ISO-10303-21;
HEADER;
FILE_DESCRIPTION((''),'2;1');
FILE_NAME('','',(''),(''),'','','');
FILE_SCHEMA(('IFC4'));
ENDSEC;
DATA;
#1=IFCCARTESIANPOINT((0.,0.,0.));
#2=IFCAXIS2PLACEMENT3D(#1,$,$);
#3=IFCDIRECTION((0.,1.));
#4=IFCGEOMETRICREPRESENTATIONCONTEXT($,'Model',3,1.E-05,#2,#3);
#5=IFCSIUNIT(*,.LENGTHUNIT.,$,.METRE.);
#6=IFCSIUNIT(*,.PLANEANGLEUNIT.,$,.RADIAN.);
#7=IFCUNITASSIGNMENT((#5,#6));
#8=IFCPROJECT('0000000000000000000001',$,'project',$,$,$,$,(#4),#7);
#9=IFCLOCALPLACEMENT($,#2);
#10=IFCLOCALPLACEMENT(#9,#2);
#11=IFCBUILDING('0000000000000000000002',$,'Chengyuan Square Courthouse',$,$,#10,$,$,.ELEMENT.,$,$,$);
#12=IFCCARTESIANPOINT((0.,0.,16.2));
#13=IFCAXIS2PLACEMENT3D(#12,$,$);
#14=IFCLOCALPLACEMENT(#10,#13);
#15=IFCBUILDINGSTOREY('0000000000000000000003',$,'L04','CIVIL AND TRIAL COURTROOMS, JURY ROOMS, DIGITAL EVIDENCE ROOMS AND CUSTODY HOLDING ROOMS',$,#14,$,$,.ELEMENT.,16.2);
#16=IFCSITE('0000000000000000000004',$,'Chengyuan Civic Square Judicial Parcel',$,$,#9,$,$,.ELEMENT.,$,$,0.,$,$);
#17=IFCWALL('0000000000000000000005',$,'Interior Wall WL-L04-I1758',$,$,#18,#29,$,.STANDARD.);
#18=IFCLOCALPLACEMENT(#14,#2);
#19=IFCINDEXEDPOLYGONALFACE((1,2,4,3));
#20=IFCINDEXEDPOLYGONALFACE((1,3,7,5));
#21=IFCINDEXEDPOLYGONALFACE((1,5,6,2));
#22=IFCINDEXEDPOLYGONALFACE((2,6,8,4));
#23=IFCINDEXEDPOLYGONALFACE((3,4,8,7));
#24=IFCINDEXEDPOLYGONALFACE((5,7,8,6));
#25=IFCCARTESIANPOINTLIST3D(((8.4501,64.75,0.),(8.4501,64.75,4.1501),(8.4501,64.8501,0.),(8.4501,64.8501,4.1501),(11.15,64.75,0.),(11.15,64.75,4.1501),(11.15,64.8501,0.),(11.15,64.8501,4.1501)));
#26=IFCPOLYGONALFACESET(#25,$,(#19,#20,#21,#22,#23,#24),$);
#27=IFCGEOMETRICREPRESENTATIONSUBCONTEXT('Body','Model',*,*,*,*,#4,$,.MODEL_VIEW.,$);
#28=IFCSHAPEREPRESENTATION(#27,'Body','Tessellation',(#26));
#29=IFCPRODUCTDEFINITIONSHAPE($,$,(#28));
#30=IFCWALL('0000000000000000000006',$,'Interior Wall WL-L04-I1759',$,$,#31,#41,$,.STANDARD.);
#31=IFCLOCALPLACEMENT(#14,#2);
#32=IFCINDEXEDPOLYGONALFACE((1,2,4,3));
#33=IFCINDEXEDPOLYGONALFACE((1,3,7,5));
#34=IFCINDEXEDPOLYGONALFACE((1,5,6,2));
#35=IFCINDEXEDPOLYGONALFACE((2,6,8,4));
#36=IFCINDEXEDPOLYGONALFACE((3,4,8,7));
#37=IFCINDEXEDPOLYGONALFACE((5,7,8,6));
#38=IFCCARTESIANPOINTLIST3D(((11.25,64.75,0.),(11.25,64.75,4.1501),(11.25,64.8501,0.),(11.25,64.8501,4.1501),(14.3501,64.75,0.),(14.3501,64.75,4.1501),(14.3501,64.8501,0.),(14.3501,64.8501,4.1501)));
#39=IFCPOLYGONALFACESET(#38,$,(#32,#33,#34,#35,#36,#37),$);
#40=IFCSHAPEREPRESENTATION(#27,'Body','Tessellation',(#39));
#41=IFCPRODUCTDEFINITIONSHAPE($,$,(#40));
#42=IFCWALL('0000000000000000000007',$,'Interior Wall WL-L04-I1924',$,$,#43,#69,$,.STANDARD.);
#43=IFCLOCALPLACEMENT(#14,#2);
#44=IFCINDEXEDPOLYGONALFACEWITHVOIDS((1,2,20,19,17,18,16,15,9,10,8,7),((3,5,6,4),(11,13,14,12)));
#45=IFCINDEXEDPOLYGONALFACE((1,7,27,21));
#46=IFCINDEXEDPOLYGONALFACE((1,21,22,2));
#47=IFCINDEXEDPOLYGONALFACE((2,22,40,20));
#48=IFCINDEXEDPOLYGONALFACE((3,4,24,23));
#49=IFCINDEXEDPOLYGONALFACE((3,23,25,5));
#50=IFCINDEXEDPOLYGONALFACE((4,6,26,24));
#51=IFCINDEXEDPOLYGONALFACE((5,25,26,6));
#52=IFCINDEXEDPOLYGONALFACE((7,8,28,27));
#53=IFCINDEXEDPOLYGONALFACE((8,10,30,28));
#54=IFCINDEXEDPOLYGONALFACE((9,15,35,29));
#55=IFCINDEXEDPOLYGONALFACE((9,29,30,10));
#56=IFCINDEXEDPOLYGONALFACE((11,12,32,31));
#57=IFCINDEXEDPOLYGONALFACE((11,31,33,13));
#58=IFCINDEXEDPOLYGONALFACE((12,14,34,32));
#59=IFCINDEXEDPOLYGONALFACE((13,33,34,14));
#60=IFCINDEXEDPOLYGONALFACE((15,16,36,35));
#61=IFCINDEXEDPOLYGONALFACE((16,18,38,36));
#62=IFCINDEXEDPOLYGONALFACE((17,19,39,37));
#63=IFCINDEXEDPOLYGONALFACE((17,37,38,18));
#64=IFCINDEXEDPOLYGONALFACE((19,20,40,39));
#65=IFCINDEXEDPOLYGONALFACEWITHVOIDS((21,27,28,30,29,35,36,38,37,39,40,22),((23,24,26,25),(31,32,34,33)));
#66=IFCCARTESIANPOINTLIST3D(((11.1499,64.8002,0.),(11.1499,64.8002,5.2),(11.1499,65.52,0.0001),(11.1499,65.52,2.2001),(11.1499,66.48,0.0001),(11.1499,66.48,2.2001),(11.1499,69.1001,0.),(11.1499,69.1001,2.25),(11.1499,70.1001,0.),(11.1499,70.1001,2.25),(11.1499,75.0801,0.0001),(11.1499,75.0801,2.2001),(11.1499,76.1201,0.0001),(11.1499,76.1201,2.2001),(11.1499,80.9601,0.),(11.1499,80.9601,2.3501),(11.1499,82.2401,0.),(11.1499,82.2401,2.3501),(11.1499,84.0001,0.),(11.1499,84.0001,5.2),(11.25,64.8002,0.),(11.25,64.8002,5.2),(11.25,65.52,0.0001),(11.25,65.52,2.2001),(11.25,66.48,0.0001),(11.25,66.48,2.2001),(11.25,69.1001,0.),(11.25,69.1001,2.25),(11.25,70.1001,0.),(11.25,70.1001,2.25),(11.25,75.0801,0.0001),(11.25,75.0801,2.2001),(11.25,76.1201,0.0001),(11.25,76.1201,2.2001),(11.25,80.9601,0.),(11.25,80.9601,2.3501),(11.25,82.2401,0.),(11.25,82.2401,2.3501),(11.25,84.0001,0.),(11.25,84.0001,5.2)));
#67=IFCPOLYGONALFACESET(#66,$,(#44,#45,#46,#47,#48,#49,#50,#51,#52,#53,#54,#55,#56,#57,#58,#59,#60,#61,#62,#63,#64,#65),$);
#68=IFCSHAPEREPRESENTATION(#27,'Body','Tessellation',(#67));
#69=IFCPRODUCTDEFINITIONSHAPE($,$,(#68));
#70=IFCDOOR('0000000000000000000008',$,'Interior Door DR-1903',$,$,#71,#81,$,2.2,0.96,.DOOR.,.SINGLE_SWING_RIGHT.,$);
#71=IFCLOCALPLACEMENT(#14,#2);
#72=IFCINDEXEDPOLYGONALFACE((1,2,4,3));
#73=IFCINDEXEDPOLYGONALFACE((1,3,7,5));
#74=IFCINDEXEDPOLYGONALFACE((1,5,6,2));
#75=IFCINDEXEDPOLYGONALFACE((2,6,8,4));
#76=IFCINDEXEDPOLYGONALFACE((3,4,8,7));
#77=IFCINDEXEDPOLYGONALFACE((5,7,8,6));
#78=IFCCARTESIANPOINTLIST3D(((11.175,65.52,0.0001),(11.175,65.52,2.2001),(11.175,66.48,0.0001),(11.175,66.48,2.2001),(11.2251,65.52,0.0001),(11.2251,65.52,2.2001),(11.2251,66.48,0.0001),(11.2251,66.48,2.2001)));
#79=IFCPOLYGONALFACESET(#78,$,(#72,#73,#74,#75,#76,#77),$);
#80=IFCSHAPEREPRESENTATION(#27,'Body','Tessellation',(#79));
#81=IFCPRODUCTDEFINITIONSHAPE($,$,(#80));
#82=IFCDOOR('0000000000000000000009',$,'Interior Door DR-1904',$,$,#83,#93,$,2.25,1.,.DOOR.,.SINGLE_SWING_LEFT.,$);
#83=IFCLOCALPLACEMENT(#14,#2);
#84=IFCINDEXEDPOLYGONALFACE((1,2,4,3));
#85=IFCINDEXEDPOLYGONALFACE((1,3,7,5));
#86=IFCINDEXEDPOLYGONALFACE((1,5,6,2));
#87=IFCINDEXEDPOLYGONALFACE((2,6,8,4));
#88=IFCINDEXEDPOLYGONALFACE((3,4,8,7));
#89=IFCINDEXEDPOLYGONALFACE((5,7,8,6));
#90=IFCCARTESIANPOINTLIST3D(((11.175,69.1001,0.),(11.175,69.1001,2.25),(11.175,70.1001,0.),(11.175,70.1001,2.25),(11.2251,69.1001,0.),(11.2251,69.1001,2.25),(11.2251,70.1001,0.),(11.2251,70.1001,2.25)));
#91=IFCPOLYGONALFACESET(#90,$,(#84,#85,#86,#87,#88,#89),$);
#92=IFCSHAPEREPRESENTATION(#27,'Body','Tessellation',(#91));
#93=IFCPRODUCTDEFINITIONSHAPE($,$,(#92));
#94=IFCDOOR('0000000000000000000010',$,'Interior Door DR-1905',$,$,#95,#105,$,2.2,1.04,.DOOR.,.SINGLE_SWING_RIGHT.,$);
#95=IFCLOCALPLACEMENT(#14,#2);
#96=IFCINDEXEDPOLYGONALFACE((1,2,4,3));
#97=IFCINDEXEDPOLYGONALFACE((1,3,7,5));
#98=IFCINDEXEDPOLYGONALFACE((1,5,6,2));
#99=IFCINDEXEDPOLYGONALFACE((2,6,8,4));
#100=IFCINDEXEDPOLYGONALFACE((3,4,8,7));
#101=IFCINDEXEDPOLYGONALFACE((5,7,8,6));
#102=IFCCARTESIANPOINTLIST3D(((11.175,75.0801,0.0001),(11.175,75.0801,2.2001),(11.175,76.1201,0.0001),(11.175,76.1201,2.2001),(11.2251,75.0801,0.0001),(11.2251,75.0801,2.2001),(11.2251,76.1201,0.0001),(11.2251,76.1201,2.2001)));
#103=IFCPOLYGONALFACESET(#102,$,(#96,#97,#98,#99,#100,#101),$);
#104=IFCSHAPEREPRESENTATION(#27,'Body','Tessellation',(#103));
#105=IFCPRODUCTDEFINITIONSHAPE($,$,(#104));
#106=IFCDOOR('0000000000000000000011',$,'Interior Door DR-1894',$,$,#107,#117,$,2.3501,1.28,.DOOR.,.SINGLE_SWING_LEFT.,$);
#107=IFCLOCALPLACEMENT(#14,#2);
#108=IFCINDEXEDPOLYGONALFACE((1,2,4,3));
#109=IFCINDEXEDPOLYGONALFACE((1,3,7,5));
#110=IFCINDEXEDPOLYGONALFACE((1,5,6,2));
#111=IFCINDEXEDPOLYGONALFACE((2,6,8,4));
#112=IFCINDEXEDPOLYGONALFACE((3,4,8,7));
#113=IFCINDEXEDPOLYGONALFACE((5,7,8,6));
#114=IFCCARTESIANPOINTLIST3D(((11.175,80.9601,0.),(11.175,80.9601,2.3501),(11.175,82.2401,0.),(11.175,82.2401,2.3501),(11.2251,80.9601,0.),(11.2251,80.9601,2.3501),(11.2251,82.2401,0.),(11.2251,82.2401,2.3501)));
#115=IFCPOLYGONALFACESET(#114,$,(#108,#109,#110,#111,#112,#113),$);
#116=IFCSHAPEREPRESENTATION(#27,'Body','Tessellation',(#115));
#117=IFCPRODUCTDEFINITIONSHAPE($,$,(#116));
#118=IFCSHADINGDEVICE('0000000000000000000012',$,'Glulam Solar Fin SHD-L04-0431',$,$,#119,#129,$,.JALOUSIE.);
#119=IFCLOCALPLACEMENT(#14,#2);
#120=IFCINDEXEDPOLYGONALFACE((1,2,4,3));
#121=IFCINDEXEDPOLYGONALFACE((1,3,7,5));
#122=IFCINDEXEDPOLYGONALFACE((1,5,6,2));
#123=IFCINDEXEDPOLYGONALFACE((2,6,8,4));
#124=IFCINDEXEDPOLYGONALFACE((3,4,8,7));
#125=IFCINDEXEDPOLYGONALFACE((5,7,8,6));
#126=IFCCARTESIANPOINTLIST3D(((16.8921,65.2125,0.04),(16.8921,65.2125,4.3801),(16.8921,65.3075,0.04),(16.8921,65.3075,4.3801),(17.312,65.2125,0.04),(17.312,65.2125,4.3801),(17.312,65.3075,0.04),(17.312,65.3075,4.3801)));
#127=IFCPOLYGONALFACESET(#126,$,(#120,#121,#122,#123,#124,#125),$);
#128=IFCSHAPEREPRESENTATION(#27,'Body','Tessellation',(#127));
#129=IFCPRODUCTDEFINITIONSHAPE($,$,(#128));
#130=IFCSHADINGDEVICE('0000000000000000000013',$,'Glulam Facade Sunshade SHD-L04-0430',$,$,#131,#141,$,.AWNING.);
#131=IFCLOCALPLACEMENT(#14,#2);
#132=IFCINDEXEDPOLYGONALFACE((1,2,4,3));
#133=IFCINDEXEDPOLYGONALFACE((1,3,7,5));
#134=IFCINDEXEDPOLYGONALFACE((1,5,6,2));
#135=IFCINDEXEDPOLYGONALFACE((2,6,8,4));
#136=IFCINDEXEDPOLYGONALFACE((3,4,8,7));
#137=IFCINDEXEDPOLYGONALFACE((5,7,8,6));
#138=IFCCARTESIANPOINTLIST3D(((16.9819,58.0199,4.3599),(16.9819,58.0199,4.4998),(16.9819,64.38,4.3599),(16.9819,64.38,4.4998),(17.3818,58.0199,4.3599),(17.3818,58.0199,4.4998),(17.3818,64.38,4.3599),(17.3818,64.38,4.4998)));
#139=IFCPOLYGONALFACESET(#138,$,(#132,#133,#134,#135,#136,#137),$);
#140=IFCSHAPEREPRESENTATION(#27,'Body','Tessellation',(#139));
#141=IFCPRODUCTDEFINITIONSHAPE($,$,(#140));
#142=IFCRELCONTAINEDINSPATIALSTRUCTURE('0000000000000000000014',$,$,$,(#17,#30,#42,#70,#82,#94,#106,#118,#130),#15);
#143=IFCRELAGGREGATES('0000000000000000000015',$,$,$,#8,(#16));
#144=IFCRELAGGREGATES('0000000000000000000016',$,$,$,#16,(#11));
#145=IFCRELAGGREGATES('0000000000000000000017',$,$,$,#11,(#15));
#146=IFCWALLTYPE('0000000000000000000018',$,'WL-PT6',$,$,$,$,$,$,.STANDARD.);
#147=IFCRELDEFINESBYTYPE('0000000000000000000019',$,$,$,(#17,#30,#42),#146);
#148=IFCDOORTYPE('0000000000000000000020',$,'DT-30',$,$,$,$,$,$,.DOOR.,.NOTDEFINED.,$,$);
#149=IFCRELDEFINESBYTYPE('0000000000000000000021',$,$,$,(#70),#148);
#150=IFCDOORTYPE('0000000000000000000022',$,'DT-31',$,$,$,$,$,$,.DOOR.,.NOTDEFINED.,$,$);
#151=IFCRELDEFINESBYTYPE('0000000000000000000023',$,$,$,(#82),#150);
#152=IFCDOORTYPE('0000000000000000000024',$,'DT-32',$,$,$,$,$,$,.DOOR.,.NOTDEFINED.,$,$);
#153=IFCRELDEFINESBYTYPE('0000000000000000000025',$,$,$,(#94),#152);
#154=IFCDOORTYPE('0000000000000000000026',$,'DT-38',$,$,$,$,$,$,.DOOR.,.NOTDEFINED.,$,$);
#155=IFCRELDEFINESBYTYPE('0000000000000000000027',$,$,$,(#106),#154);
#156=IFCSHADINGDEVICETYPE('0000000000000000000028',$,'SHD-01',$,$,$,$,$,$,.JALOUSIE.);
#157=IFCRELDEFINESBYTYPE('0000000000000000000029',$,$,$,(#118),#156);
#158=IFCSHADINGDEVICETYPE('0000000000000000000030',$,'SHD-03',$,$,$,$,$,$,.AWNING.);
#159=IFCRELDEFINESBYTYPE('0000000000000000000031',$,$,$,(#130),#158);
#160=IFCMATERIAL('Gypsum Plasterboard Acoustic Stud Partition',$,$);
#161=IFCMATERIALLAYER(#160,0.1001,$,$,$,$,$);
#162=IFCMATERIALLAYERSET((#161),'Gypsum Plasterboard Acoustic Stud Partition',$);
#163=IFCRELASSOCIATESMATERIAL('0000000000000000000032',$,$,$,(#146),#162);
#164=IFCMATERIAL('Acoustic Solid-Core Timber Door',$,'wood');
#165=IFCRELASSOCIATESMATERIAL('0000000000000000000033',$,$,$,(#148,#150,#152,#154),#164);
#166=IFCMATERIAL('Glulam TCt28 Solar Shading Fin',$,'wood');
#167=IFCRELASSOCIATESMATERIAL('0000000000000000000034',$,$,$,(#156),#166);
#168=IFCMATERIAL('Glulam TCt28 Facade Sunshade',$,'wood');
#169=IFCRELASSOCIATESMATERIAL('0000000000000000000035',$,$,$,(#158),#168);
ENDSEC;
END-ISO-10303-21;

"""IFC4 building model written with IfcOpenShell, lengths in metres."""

from ifc_helpers import new_model, si_unit, direction, frame, frame_2d, origin, origin_2d, place, context, subcontext, project, spatial, rectangle, extrude, material, layer, layer_set, type_object, element, fill, save


model = new_model("IFC4")

# Units and contexts
model_context = context("Model", 3, precision=1e-05, world=origin(), true_north=direction((0.0, 1.0)))
body_context = subcontext(model_context, "Body", "Model", "MODEL_VIEW")
ifc_project = project(units=[si_unit("LENGTHUNIT", "METRE"), si_unit("PLANEANGLEUNIT", "RADIAN")], contexts=[model_context])

# Site, building, storey
site_placement = place(None, origin())
site = spatial("IfcSite", under=ifc_project, at=site_placement, Name="Chengyuan Civic Square Judicial Parcel", CompositionType="ELEMENT", RefElevation=0.0)
building_placement = place(site_placement, origin())
building = spatial("IfcBuilding", under=site, at=building_placement, Name="Chengyuan Square Courthouse", CompositionType="ELEMENT")
storey_placement = place(building_placement, frame((0.0, 0.0, 16.2)))
storey = spatial("IfcBuildingStorey", under=building, at=storey_placement, Name="L04", Description="CIVIL AND TRIAL COURTROOMS, JURY ROOMS, DIGITAL EVIDENCE ROOMS AND CUSTODY HOLDING ROOMS", CompositionType="ELEMENT", Elevation=16.2)

# Walls
ifc_material_1 = material(Name="Gypsum Plasterboard Acoustic Stud Partition")
ifc_layer_1 = layer(ifc_material_1, 0.1001)
ifc_layer_set_1 = layer_set([ifc_layer_1], Name="Gypsum Plasterboard Acoustic Stud Partition")
wall_type_1 = type_object("IfcWallType", Name="WL-PT6", PredefinedType="STANDARD", material=ifc_layer_set_1)
wall_1_placement = place(storey_placement, frame((8.45, 64.8, 0.0), z_axis=(0.0, 0.0, 1.0), x_axis=(1.0, 0.0, 0.0)))
element("IfcWall", 1, at=wall_1_placement, inside=storey, type_object=wall_type_1, Name="Interior Wall WL-L04-I1758", PredefinedType="STANDARD", context=body_context, shape_type="SweptSolid", body=[
    extrude(rectangle(XDim=2.7, YDim=0.1001, at=frame_2d((1.3501, 0.0))), origin(), (0.0, 0.0, 1.0), 4.1501),
])
wall_2_placement = place(storey_placement, frame((11.25, 64.8, 0.0), z_axis=(0.0, 0.0, 1.0), x_axis=(1.0, 0.0, 0.0)))
element("IfcWall", 2, at=wall_2_placement, inside=storey, type_object=wall_type_1, Name="Interior Wall WL-L04-I1759", PredefinedType="STANDARD", context=body_context, shape_type="SweptSolid", body=[
    extrude(rectangle(XDim=3.1001, YDim=0.1001, at=frame_2d((1.55, 0.0))), origin(), (0.0, 0.0, 1.0), 4.1501),
])

# Shared definitions
ifc_material_2 = material(Name="Acoustic Solid-Core Timber Door", Category="wood")

# Wall, openings, doors
wall_3_placement = place(storey_placement, frame((11.2, 64.8, 0.0), z_axis=(0.0, 0.0, 1.0), x_axis=(0.0, 1.0, 0.0)))
wall_3 = element("IfcWall", 3, at=wall_3_placement, inside=storey, type_object=wall_type_1, Name="Interior Wall WL-L04-I1924", PredefinedType="STANDARD", context=body_context, shape_type="SweptSolid", body=[
    extrude(rectangle(XDim=19.2, YDim=0.1001, at=frame_2d((9.6001, 0.0))), origin(), (0.0, 0.0, 1.0), 5.2),
])
opening_1_placement = place(wall_3_placement, frame((16.1599, 0.0, 0.0)))
opening_1 = element("IfcOpeningElement", 4, at=opening_1_placement, cuts=wall_3, PredefinedType="OPENING", context=body_context, shape_type="SweptSolid", body=[
    extrude(rectangle(XDim=1.28, YDim=2.3501, at=frame_2d((0.6401, 1.175))), frame((0.0, 0.062, 0.0), z_axis=(0.0, -1.0, 0.0), x_axis=(1.0, 0.0, 0.0)), (0.0, 0.0, 1.0), 0.124),
])
opening_2_placement = place(wall_3_placement, frame((0.72, 0.0, 0.0)))
opening_2 = element("IfcOpeningElement", 5, at=opening_2_placement, cuts=wall_3, PredefinedType="OPENING", context=body_context, shape_type="SweptSolid", body=[
    extrude(rectangle(XDim=0.96, YDim=2.2, at=frame_2d((0.48, 1.1001))), frame((0.0, 0.062, 0.0), z_axis=(0.0, -1.0, 0.0), x_axis=(1.0, 0.0, 0.0)), (0.0, 0.0, 1.0), 0.124),
])
opening_3_placement = place(wall_3_placement, frame((4.3, 0.0, 0.0)))
opening_3 = element("IfcOpeningElement", 6, at=opening_3_placement, cuts=wall_3, PredefinedType="OPENING", context=body_context, shape_type="SweptSolid", body=[
    extrude(rectangle(XDim=1.0, YDim=2.25, at=frame_2d((0.5, 1.125))), frame((0.0, 0.062, 0.0), z_axis=(0.0, -1.0, 0.0), x_axis=(1.0, 0.0, 0.0)), (0.0, 0.0, 1.0), 0.124),
])
opening_4_placement = place(wall_3_placement, frame((10.28, 0.0, 0.0)))
opening_4 = element("IfcOpeningElement", 7, at=opening_4_placement, cuts=wall_3, PredefinedType="OPENING", context=body_context, shape_type="SweptSolid", body=[
    extrude(rectangle(XDim=1.04, YDim=2.2, at=frame_2d((0.52, 1.1001))), frame((0.0, 0.062, 0.0), z_axis=(0.0, -1.0, 0.0), x_axis=(1.0, 0.0, 0.0)), (0.0, 0.0, 1.0), 0.124),
])
door_type_1 = type_object("IfcDoorType", Name="DT-30", OperationType="NOTDEFINED", PredefinedType="DOOR", material=ifc_material_2)
door_1_placement = place(opening_2_placement, origin())
door_1 = element("IfcDoor", 8, at=door_1_placement, inside=storey, type_object=door_type_1, Name="Interior Door DR-1903", OperationType="SINGLE_SWING_RIGHT", OverallHeight=2.2, OverallWidth=0.96, PredefinedType="DOOR", context=body_context, shape_type="SweptSolid", body=[
    extrude(rectangle(XDim=0.96, YDim=2.2, at=frame_2d((0.48, 1.1001))), frame((0.0, 0.0249, 0.0), z_axis=(0.0, -1.0, 0.0), x_axis=(1.0, 0.0, 0.0)), (0.0, 0.0, 1.0), 0.05),
])
fill(opening_2, door_1)
door_type_2 = type_object("IfcDoorType", Name="DT-31", OperationType="NOTDEFINED", PredefinedType="DOOR", material=ifc_material_2)
door_2_placement = place(opening_3_placement, origin())
door_2 = element("IfcDoor", 9, at=door_2_placement, inside=storey, type_object=door_type_2, Name="Interior Door DR-1904", OperationType="SINGLE_SWING_LEFT", OverallHeight=2.25, OverallWidth=1.0, PredefinedType="DOOR", context=body_context, shape_type="SweptSolid", body=[
    extrude(rectangle(XDim=1.0, YDim=2.25, at=frame_2d((0.5, 1.125))), frame((0.0, 0.0249, 0.0), z_axis=(0.0, -1.0, 0.0), x_axis=(1.0, 0.0, 0.0)), (0.0, 0.0, 1.0), 0.05),
])
fill(opening_3, door_2)
door_type_3 = type_object("IfcDoorType", Name="DT-32", OperationType="NOTDEFINED", PredefinedType="DOOR", material=ifc_material_2)
door_3_placement = place(opening_4_placement, origin())
door_3 = element("IfcDoor", 10, at=door_3_placement, inside=storey, type_object=door_type_3, Name="Interior Door DR-1905", OperationType="SINGLE_SWING_RIGHT", OverallHeight=2.2, OverallWidth=1.04, PredefinedType="DOOR", context=body_context, shape_type="SweptSolid", body=[
    extrude(rectangle(XDim=1.04, YDim=2.2, at=frame_2d((0.52, 1.1001))), frame((0.0, 0.0249, 0.0), z_axis=(0.0, -1.0, 0.0), x_axis=(1.0, 0.0, 0.0)), (0.0, 0.0, 1.0), 0.05),
])
fill(opening_4, door_3)
door_type_4 = type_object("IfcDoorType", Name="DT-38", OperationType="NOTDEFINED", PredefinedType="DOOR", material=ifc_material_2)
door_4_placement = place(opening_1_placement, origin())
door_4 = element("IfcDoor", 11, at=door_4_placement, inside=storey, type_object=door_type_4, Name="Interior Door DR-1894", OperationType="SINGLE_SWING_LEFT", OverallHeight=2.3501, OverallWidth=1.28, PredefinedType="DOOR", context=body_context, shape_type="SweptSolid", body=[
    extrude(rectangle(XDim=1.28, YDim=2.3501, at=frame_2d((0.6401, 1.175))), frame((0.0, 0.0249, 0.0), z_axis=(0.0, -1.0, 0.0), x_axis=(1.0, 0.0, 0.0)), (0.0, 0.0, 1.0), 0.05),
])
fill(opening_1, door_4)

# Shading devices
ifc_material_3 = material(Name="Glulam TCt28 Solar Shading Fin", Category="wood")
shading_device_type_1 = type_object("IfcShadingDeviceType", Name="SHD-01", PredefinedType="JALOUSIE", material=ifc_material_3)
shading_device_1_placement = place(storey_placement, frame((17.1021, 65.26, 0.04), z_axis=(0.0, 0.0, 1.0), x_axis=(1.0, 0.0, 0.0)))
element("IfcShadingDevice", 12, at=shading_device_1_placement, inside=storey, type_object=shading_device_type_1, Name="Glulam Solar Fin SHD-L04-0431", PredefinedType="JALOUSIE", context=body_context, shape_type="SweptSolid", body=[
    extrude(rectangle(XDim=0.4199, YDim=0.095, at=origin_2d()), origin(), (0.0, 0.0, 1.0), 4.3401),
])
ifc_material_4 = material(Name="Glulam TCt28 Facade Sunshade", Category="wood")
shading_device_type_2 = type_object("IfcShadingDeviceType", Name="SHD-03", PredefinedType="AWNING", material=ifc_material_4)
shading_device_2_placement = place(storey_placement, frame((17.1819, 61.2, 4.3599), z_axis=(0.0, 0.0, 1.0), x_axis=(0.0, 1.0, 0.0)))
element("IfcShadingDevice", 13, at=shading_device_2_placement, inside=storey, type_object=shading_device_type_2, Name="Glulam Facade Sunshade SHD-L04-0430", PredefinedType="AWNING", context=body_context, shape_type="SweptSolid", body=[
    extrude(rectangle(XDim=6.3601, YDim=0.3999, at=origin_2d()), origin(), (0.0, 0.0, 1.0), 0.1399),
])

save(model, "model.ifc")
